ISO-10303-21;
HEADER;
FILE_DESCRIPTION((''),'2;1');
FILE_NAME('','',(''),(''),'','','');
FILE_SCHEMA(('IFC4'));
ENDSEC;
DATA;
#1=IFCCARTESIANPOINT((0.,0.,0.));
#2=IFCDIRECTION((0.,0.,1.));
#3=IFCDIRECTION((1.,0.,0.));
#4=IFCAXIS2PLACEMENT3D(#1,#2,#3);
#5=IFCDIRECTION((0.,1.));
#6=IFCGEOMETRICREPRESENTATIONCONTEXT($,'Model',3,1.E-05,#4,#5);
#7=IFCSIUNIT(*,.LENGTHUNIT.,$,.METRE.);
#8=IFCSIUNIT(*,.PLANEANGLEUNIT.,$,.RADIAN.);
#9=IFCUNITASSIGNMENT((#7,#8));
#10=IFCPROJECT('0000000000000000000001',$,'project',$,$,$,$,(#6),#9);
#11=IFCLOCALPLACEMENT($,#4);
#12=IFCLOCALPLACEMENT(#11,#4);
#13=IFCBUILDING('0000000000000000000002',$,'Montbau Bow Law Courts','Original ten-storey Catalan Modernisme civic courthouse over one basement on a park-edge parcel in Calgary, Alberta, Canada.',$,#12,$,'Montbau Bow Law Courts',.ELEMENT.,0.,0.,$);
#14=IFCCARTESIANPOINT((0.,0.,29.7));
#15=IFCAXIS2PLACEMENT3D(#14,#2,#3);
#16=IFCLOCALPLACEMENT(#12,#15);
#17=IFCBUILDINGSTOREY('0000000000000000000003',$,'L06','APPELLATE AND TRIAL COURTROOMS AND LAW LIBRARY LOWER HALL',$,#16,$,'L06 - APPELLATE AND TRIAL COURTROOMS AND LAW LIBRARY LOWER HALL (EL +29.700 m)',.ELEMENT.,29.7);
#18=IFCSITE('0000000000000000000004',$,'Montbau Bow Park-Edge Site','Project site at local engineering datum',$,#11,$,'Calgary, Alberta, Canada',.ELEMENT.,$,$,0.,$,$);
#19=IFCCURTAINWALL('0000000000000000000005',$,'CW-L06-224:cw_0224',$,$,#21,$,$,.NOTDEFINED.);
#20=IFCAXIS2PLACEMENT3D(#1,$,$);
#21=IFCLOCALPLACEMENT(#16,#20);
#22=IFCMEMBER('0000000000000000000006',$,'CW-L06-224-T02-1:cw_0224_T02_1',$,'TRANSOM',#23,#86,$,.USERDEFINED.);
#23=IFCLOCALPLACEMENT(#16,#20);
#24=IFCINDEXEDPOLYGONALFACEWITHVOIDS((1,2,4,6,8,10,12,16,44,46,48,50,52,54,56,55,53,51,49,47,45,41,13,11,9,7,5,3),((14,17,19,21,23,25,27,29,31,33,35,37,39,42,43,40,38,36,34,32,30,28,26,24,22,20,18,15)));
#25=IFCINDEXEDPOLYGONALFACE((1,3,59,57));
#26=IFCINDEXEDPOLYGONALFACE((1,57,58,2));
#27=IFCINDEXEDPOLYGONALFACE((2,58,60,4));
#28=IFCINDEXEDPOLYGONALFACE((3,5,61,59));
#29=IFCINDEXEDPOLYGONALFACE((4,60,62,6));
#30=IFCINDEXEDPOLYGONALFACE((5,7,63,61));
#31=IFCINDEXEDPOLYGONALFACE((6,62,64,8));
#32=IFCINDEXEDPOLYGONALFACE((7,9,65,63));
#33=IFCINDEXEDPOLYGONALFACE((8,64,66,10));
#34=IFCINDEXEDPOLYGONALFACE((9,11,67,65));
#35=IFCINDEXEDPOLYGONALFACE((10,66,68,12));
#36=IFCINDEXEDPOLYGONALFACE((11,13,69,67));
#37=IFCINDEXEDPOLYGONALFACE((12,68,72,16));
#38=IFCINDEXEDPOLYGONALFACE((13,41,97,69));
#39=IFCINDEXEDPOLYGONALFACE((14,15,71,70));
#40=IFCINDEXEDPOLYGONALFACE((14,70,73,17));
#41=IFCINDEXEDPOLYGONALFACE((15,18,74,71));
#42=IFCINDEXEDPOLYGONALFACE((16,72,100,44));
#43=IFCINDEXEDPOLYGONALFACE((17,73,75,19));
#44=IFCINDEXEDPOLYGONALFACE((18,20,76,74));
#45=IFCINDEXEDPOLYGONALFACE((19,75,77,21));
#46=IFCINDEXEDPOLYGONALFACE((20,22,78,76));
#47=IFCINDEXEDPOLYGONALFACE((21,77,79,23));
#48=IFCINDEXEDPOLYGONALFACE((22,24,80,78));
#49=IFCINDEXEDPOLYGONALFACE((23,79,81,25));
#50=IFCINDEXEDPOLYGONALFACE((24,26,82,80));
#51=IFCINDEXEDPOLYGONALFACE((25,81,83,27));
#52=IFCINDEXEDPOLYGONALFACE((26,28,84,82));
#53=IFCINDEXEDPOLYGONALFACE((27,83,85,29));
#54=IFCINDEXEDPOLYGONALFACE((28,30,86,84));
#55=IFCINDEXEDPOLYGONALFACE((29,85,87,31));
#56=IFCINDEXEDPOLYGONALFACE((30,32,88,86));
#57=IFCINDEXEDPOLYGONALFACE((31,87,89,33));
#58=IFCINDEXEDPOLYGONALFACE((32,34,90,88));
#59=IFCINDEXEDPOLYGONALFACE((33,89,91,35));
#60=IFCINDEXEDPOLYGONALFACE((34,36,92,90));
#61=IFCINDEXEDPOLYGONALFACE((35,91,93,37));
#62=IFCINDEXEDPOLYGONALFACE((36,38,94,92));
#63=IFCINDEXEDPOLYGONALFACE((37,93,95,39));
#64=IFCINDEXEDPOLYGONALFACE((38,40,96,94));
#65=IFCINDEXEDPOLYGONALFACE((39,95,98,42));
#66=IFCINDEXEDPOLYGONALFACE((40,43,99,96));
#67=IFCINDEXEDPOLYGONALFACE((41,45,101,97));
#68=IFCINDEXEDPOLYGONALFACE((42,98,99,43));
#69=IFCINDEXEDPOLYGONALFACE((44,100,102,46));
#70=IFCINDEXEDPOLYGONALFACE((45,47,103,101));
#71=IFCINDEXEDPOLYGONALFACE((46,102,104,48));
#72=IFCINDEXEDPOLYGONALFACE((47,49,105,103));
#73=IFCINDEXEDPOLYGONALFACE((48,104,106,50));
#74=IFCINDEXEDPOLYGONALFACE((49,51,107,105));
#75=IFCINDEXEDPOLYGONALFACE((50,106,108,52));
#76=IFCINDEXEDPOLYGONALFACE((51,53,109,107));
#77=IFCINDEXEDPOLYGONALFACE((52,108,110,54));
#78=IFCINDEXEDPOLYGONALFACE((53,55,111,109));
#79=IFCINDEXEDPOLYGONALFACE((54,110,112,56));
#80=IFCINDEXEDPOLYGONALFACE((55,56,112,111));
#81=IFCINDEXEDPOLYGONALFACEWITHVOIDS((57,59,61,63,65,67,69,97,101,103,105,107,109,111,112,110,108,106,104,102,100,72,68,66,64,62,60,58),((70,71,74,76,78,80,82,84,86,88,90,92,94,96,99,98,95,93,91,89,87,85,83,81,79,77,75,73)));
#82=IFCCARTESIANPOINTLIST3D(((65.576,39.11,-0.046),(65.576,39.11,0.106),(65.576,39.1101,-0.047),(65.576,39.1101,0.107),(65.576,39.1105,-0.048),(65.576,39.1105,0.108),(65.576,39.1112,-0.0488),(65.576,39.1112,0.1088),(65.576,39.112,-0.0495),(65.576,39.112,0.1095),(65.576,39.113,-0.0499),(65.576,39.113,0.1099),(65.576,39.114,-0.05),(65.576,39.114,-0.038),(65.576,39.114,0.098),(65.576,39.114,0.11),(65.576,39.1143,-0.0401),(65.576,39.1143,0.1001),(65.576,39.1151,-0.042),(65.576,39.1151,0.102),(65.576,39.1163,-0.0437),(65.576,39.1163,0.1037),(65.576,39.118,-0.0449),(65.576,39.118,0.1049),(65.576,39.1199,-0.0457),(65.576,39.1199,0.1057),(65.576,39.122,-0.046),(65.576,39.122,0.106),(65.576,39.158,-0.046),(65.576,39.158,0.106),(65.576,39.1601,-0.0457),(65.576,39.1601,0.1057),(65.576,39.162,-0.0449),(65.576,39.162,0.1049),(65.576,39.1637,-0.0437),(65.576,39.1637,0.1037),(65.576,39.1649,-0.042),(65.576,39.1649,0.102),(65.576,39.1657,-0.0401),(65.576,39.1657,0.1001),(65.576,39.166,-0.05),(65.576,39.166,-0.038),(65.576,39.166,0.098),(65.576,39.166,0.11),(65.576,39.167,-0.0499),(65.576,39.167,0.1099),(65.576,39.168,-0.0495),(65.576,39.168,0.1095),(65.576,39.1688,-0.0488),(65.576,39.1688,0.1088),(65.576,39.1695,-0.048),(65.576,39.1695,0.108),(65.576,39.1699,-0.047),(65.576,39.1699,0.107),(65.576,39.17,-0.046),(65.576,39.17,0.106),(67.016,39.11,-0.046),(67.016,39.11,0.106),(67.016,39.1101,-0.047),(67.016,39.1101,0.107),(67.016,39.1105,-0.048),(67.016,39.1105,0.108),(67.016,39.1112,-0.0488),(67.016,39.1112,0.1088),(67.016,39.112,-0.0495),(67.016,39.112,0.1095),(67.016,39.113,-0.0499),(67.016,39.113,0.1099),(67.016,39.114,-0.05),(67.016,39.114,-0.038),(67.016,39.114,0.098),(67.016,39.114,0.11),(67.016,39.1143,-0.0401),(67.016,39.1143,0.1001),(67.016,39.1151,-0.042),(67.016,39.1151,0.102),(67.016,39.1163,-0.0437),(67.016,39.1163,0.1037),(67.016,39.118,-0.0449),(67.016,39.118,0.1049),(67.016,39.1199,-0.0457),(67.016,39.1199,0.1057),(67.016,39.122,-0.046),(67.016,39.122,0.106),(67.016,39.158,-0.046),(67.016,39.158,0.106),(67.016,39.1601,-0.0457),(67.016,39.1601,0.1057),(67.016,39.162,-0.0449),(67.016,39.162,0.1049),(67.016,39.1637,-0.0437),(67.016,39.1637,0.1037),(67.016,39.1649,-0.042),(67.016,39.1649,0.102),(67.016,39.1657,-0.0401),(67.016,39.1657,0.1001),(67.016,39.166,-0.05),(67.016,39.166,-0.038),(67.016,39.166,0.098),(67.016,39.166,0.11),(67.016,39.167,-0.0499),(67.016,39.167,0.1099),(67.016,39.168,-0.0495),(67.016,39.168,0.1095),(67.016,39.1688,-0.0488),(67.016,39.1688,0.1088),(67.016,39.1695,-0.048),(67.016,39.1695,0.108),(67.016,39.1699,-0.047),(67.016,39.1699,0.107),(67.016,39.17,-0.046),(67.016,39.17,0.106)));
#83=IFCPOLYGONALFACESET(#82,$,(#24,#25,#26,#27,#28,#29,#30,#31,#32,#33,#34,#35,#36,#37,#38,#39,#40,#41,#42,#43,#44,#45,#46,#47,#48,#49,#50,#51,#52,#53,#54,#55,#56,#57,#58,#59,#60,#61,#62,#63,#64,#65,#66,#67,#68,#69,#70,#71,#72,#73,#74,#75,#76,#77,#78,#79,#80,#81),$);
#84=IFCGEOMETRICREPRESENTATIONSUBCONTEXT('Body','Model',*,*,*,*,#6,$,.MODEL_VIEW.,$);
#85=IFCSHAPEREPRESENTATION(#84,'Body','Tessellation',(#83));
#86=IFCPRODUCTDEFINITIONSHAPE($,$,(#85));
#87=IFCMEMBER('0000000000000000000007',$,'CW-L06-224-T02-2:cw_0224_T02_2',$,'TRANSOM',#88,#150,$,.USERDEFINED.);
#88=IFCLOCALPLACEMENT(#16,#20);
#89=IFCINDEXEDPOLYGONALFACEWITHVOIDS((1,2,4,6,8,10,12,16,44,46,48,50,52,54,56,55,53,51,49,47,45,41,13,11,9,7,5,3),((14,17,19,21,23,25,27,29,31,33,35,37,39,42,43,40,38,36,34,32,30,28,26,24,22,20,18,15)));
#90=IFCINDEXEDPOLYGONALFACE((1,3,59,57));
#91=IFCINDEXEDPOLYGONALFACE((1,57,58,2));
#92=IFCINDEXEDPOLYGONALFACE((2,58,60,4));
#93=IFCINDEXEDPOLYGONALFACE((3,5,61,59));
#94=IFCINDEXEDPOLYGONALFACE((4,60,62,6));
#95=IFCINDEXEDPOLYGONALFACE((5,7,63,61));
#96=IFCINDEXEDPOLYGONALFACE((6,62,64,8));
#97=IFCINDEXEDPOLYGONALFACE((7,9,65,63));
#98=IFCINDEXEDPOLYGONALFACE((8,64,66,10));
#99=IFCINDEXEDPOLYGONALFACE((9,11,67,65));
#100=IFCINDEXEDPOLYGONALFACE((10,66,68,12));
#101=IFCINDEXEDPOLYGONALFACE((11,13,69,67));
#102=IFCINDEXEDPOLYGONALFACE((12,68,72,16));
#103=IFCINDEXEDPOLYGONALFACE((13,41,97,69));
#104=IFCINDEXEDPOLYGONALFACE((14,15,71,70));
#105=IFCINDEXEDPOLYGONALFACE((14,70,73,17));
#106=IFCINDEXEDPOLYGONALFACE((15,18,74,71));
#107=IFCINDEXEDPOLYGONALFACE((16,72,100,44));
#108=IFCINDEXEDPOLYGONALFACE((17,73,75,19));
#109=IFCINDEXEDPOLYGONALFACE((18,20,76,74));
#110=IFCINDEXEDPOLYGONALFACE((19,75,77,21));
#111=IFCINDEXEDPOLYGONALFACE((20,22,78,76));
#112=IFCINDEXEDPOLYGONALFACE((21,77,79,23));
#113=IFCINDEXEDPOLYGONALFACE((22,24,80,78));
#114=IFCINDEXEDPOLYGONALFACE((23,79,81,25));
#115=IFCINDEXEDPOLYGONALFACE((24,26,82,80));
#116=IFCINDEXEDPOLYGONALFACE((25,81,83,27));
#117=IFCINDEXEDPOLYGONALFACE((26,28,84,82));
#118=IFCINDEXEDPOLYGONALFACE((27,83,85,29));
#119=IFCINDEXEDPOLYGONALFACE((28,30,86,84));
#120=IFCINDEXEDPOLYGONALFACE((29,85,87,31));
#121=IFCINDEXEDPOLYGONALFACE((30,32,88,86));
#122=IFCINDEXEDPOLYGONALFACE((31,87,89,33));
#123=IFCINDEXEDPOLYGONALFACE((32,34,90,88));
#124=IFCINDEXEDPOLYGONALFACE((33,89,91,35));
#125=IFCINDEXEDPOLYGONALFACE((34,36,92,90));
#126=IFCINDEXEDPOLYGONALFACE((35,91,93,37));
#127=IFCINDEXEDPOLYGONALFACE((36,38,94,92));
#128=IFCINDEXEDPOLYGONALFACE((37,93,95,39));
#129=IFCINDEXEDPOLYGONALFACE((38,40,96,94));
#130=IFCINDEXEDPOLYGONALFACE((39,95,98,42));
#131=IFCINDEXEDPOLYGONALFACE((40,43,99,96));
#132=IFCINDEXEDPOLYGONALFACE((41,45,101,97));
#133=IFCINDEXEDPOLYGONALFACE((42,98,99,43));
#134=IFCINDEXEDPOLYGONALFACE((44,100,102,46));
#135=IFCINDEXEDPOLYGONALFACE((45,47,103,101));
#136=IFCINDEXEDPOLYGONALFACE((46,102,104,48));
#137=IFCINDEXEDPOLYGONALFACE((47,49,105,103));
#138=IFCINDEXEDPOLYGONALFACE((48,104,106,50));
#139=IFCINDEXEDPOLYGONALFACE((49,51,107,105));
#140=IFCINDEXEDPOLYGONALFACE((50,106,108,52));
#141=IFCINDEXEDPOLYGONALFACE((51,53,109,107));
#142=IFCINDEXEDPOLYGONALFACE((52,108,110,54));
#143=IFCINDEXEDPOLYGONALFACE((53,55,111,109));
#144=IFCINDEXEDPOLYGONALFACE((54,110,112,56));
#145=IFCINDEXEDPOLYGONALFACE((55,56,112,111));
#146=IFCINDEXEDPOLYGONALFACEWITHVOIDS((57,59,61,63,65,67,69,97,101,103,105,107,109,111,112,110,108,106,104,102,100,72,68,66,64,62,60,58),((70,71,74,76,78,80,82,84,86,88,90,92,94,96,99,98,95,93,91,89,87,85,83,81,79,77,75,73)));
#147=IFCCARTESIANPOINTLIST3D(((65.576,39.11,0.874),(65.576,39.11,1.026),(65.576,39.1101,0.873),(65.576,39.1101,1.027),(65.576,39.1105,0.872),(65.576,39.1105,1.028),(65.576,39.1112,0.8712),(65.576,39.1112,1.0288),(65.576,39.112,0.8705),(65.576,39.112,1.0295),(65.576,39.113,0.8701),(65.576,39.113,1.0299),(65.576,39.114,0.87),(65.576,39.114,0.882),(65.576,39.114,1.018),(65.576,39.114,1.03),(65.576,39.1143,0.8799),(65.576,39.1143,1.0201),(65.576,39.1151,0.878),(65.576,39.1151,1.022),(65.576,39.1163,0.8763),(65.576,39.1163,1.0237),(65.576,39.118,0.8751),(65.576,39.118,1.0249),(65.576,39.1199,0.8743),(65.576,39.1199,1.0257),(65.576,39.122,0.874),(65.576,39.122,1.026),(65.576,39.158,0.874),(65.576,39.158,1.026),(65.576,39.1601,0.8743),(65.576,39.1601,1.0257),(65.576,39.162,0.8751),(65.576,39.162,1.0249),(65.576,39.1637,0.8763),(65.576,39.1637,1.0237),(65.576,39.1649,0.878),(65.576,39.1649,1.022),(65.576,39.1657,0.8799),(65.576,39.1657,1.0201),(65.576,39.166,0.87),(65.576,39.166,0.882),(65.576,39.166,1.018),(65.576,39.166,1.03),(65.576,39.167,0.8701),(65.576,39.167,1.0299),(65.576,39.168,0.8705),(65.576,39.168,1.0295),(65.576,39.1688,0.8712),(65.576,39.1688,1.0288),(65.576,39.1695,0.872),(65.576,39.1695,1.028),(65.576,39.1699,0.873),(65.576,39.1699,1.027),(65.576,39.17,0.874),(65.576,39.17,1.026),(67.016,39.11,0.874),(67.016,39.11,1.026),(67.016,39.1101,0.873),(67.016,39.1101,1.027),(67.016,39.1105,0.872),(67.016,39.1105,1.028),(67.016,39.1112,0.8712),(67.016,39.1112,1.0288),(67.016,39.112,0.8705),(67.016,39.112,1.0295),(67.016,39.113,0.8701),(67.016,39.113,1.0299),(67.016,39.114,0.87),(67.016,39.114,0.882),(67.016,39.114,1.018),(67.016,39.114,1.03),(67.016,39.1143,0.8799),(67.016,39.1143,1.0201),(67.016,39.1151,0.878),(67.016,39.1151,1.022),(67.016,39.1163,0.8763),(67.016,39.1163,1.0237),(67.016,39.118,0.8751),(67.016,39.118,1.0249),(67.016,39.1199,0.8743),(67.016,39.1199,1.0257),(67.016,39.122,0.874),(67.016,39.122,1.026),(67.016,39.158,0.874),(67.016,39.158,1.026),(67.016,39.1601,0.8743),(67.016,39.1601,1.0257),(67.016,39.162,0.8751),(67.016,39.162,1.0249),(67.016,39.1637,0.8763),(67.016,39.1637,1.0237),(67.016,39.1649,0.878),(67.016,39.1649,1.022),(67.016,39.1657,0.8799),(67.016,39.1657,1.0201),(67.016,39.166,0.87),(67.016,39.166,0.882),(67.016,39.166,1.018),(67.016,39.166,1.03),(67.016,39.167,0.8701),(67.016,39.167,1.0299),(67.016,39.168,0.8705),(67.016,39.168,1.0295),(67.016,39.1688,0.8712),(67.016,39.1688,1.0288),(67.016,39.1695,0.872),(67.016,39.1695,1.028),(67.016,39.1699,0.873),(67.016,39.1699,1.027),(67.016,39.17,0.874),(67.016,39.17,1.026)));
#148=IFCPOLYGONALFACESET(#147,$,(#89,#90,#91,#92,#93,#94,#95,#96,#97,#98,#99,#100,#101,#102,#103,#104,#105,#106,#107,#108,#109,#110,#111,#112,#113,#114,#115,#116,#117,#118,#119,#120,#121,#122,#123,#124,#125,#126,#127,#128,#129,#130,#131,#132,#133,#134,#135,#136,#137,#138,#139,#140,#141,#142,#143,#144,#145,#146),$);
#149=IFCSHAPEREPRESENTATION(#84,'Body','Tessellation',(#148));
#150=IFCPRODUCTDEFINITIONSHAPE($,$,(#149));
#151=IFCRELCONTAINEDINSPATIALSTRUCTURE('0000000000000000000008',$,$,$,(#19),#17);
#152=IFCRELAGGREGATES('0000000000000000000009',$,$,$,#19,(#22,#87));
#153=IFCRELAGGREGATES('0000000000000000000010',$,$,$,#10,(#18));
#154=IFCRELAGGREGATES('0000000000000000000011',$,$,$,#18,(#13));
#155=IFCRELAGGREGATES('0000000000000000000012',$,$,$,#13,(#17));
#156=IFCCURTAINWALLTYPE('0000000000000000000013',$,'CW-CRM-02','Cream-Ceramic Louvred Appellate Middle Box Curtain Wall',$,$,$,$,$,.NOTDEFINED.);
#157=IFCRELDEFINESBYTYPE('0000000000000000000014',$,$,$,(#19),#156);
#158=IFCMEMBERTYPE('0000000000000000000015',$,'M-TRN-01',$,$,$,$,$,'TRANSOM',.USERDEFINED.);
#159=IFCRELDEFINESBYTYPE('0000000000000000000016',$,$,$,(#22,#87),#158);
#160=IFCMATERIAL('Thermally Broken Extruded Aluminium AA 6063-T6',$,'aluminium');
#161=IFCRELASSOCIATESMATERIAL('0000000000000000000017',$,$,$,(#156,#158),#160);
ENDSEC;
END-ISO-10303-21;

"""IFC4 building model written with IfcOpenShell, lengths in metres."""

from ifc_helpers import new_model, si_unit, direction, frame, origin_with_axes, origin_2d_with_axis, place, context, subcontext, project, spatial, hollow_rectangle, extrude, material, material_profile, profile_set, type_object, element, aggregate, save


model = new_model("IFC4")

# Units and contexts
model_context = context("Model", 3, precision=1e-05, world=origin_with_axes(), true_north=direction((0.0, 1.0)))
body_context = subcontext(model_context, "Body", "Model", "MODEL_VIEW")
ifc_project = project(units=[si_unit("LENGTHUNIT", "METRE"), si_unit("PLANEANGLEUNIT", "RADIAN")], contexts=[model_context])

# Site, building, storey
site_placement = place(None, origin_with_axes())
site = spatial("IfcSite", under=ifc_project, at=site_placement, Name="Montbau Bow Park-Edge Site", Description="Project site at local engineering datum", LongName="Calgary, Alberta, Canada", CompositionType="ELEMENT", RefElevation=0.0)
building_placement = place(site_placement, origin_with_axes())
building = spatial("IfcBuilding", under=site, at=building_placement, Name="Montbau Bow Law Courts", Description="Original ten-storey Catalan Modernisme civic courthouse over one basement on a park-edge parcel in Calgary, Alberta, Canada.", LongName="Montbau Bow Law Courts", CompositionType="ELEMENT", ElevationOfRefHeight=0.0, ElevationOfTerrain=0.0)
storey_placement = place(building_placement, frame((0.0, 0.0, 29.7), z_axis=(0.0, 0.0, 1.0), x_axis=(1.0, 0.0, 0.0)))
storey = spatial("IfcBuildingStorey", under=building, at=storey_placement, Name="L06", Description="APPELLATE AND TRIAL COURTROOMS AND LAW LIBRARY LOWER HALL", LongName="L06 - APPELLATE AND TRIAL COURTROOMS AND LAW LIBRARY LOWER HALL (EL +29.700 m)", CompositionType="ELEMENT", Elevation=29.7)

# Curtain wall, members
ifc_material_1 = material(Name="Thermally Broken Extruded Aluminium AA 6063-T6", Category="aluminium")
curtain_wall_type = type_object("IfcCurtainWallType", Name="CW-CRM-02", Description="Cream-Ceramic Louvred Appellate Middle Box Curtain Wall", PredefinedType="NOTDEFINED", material=ifc_material_1)
curtain_wall_placement = place(None, frame((64.04, 39.14, 29.7), z_axis=(0.0, 0.0, 1.0), x_axis=(1.0, 0.0, 0.0)))
curtain_wall = element("IfcCurtainWall", 1, at=curtain_wall_placement, inside=storey, type_object=curtain_wall_type, Name="CW-L06-224:cw_0224", PredefinedType="NOTDEFINED")
ifc_material_profile_1 = material_profile(ifc_material_1, hollow_rectangle(XDim=0.06, YDim=0.16, WallThickness=0.004, InnerFilletRadius=0.008, OuterFilletRadius=0.004, at=origin_2d_with_axis()), Name="CWT-160X60", Category="Main", Priority=0)
ifc_profile_set_1 = profile_set([ifc_material_profile_1], Name="Thermally Broken Extruded Aluminium AA 6063-T6")
member_type_1 = type_object("IfcMemberType", Name="M-TRN-01", ElementType="TRANSOM", PredefinedType="USERDEFINED", material=ifc_profile_set_1)
member_1_placement = place(None, frame((65.576, 39.14, 29.73), z_axis=(1.0, 0.0, 0.0), x_axis=(0.0, 1.0, 0.0)))
member_1 = element("IfcMember", 2, at=member_1_placement, type_object=member_type_1, Name="CW-L06-224-T02-1:cw_0224_T02_1", ObjectType="TRANSOM", PredefinedType="USERDEFINED", context=body_context, shape_type="SweptSolid", body=[
    extrude(hollow_rectangle(XDim=0.06, YDim=0.16, WallThickness=0.004, InnerFilletRadius=0.008, OuterFilletRadius=0.004, at=origin_2d_with_axis()), origin_with_axes(), (0.0, 0.0, 1.0), 1.44),
])
member_2_placement = place(None, frame((65.576, 39.14, 30.65), z_axis=(1.0, 0.0, 0.0), x_axis=(0.0, 1.0, 0.0)))
member_2 = element("IfcMember", 3, at=member_2_placement, type_object=member_type_1, Name="CW-L06-224-T02-2:cw_0224_T02_2", ObjectType="TRANSOM", PredefinedType="USERDEFINED", context=body_context, shape_type="SweptSolid", body=[
    extrude(hollow_rectangle(XDim=0.06, YDim=0.16, WallThickness=0.004, InnerFilletRadius=0.008, OuterFilletRadius=0.004, at=origin_2d_with_axis()), origin_with_axes(), (0.0, 0.0, 1.0), 1.44),
])
aggregate(curtain_wall, [member_1, member_2])

save(model, "model.ifc")
